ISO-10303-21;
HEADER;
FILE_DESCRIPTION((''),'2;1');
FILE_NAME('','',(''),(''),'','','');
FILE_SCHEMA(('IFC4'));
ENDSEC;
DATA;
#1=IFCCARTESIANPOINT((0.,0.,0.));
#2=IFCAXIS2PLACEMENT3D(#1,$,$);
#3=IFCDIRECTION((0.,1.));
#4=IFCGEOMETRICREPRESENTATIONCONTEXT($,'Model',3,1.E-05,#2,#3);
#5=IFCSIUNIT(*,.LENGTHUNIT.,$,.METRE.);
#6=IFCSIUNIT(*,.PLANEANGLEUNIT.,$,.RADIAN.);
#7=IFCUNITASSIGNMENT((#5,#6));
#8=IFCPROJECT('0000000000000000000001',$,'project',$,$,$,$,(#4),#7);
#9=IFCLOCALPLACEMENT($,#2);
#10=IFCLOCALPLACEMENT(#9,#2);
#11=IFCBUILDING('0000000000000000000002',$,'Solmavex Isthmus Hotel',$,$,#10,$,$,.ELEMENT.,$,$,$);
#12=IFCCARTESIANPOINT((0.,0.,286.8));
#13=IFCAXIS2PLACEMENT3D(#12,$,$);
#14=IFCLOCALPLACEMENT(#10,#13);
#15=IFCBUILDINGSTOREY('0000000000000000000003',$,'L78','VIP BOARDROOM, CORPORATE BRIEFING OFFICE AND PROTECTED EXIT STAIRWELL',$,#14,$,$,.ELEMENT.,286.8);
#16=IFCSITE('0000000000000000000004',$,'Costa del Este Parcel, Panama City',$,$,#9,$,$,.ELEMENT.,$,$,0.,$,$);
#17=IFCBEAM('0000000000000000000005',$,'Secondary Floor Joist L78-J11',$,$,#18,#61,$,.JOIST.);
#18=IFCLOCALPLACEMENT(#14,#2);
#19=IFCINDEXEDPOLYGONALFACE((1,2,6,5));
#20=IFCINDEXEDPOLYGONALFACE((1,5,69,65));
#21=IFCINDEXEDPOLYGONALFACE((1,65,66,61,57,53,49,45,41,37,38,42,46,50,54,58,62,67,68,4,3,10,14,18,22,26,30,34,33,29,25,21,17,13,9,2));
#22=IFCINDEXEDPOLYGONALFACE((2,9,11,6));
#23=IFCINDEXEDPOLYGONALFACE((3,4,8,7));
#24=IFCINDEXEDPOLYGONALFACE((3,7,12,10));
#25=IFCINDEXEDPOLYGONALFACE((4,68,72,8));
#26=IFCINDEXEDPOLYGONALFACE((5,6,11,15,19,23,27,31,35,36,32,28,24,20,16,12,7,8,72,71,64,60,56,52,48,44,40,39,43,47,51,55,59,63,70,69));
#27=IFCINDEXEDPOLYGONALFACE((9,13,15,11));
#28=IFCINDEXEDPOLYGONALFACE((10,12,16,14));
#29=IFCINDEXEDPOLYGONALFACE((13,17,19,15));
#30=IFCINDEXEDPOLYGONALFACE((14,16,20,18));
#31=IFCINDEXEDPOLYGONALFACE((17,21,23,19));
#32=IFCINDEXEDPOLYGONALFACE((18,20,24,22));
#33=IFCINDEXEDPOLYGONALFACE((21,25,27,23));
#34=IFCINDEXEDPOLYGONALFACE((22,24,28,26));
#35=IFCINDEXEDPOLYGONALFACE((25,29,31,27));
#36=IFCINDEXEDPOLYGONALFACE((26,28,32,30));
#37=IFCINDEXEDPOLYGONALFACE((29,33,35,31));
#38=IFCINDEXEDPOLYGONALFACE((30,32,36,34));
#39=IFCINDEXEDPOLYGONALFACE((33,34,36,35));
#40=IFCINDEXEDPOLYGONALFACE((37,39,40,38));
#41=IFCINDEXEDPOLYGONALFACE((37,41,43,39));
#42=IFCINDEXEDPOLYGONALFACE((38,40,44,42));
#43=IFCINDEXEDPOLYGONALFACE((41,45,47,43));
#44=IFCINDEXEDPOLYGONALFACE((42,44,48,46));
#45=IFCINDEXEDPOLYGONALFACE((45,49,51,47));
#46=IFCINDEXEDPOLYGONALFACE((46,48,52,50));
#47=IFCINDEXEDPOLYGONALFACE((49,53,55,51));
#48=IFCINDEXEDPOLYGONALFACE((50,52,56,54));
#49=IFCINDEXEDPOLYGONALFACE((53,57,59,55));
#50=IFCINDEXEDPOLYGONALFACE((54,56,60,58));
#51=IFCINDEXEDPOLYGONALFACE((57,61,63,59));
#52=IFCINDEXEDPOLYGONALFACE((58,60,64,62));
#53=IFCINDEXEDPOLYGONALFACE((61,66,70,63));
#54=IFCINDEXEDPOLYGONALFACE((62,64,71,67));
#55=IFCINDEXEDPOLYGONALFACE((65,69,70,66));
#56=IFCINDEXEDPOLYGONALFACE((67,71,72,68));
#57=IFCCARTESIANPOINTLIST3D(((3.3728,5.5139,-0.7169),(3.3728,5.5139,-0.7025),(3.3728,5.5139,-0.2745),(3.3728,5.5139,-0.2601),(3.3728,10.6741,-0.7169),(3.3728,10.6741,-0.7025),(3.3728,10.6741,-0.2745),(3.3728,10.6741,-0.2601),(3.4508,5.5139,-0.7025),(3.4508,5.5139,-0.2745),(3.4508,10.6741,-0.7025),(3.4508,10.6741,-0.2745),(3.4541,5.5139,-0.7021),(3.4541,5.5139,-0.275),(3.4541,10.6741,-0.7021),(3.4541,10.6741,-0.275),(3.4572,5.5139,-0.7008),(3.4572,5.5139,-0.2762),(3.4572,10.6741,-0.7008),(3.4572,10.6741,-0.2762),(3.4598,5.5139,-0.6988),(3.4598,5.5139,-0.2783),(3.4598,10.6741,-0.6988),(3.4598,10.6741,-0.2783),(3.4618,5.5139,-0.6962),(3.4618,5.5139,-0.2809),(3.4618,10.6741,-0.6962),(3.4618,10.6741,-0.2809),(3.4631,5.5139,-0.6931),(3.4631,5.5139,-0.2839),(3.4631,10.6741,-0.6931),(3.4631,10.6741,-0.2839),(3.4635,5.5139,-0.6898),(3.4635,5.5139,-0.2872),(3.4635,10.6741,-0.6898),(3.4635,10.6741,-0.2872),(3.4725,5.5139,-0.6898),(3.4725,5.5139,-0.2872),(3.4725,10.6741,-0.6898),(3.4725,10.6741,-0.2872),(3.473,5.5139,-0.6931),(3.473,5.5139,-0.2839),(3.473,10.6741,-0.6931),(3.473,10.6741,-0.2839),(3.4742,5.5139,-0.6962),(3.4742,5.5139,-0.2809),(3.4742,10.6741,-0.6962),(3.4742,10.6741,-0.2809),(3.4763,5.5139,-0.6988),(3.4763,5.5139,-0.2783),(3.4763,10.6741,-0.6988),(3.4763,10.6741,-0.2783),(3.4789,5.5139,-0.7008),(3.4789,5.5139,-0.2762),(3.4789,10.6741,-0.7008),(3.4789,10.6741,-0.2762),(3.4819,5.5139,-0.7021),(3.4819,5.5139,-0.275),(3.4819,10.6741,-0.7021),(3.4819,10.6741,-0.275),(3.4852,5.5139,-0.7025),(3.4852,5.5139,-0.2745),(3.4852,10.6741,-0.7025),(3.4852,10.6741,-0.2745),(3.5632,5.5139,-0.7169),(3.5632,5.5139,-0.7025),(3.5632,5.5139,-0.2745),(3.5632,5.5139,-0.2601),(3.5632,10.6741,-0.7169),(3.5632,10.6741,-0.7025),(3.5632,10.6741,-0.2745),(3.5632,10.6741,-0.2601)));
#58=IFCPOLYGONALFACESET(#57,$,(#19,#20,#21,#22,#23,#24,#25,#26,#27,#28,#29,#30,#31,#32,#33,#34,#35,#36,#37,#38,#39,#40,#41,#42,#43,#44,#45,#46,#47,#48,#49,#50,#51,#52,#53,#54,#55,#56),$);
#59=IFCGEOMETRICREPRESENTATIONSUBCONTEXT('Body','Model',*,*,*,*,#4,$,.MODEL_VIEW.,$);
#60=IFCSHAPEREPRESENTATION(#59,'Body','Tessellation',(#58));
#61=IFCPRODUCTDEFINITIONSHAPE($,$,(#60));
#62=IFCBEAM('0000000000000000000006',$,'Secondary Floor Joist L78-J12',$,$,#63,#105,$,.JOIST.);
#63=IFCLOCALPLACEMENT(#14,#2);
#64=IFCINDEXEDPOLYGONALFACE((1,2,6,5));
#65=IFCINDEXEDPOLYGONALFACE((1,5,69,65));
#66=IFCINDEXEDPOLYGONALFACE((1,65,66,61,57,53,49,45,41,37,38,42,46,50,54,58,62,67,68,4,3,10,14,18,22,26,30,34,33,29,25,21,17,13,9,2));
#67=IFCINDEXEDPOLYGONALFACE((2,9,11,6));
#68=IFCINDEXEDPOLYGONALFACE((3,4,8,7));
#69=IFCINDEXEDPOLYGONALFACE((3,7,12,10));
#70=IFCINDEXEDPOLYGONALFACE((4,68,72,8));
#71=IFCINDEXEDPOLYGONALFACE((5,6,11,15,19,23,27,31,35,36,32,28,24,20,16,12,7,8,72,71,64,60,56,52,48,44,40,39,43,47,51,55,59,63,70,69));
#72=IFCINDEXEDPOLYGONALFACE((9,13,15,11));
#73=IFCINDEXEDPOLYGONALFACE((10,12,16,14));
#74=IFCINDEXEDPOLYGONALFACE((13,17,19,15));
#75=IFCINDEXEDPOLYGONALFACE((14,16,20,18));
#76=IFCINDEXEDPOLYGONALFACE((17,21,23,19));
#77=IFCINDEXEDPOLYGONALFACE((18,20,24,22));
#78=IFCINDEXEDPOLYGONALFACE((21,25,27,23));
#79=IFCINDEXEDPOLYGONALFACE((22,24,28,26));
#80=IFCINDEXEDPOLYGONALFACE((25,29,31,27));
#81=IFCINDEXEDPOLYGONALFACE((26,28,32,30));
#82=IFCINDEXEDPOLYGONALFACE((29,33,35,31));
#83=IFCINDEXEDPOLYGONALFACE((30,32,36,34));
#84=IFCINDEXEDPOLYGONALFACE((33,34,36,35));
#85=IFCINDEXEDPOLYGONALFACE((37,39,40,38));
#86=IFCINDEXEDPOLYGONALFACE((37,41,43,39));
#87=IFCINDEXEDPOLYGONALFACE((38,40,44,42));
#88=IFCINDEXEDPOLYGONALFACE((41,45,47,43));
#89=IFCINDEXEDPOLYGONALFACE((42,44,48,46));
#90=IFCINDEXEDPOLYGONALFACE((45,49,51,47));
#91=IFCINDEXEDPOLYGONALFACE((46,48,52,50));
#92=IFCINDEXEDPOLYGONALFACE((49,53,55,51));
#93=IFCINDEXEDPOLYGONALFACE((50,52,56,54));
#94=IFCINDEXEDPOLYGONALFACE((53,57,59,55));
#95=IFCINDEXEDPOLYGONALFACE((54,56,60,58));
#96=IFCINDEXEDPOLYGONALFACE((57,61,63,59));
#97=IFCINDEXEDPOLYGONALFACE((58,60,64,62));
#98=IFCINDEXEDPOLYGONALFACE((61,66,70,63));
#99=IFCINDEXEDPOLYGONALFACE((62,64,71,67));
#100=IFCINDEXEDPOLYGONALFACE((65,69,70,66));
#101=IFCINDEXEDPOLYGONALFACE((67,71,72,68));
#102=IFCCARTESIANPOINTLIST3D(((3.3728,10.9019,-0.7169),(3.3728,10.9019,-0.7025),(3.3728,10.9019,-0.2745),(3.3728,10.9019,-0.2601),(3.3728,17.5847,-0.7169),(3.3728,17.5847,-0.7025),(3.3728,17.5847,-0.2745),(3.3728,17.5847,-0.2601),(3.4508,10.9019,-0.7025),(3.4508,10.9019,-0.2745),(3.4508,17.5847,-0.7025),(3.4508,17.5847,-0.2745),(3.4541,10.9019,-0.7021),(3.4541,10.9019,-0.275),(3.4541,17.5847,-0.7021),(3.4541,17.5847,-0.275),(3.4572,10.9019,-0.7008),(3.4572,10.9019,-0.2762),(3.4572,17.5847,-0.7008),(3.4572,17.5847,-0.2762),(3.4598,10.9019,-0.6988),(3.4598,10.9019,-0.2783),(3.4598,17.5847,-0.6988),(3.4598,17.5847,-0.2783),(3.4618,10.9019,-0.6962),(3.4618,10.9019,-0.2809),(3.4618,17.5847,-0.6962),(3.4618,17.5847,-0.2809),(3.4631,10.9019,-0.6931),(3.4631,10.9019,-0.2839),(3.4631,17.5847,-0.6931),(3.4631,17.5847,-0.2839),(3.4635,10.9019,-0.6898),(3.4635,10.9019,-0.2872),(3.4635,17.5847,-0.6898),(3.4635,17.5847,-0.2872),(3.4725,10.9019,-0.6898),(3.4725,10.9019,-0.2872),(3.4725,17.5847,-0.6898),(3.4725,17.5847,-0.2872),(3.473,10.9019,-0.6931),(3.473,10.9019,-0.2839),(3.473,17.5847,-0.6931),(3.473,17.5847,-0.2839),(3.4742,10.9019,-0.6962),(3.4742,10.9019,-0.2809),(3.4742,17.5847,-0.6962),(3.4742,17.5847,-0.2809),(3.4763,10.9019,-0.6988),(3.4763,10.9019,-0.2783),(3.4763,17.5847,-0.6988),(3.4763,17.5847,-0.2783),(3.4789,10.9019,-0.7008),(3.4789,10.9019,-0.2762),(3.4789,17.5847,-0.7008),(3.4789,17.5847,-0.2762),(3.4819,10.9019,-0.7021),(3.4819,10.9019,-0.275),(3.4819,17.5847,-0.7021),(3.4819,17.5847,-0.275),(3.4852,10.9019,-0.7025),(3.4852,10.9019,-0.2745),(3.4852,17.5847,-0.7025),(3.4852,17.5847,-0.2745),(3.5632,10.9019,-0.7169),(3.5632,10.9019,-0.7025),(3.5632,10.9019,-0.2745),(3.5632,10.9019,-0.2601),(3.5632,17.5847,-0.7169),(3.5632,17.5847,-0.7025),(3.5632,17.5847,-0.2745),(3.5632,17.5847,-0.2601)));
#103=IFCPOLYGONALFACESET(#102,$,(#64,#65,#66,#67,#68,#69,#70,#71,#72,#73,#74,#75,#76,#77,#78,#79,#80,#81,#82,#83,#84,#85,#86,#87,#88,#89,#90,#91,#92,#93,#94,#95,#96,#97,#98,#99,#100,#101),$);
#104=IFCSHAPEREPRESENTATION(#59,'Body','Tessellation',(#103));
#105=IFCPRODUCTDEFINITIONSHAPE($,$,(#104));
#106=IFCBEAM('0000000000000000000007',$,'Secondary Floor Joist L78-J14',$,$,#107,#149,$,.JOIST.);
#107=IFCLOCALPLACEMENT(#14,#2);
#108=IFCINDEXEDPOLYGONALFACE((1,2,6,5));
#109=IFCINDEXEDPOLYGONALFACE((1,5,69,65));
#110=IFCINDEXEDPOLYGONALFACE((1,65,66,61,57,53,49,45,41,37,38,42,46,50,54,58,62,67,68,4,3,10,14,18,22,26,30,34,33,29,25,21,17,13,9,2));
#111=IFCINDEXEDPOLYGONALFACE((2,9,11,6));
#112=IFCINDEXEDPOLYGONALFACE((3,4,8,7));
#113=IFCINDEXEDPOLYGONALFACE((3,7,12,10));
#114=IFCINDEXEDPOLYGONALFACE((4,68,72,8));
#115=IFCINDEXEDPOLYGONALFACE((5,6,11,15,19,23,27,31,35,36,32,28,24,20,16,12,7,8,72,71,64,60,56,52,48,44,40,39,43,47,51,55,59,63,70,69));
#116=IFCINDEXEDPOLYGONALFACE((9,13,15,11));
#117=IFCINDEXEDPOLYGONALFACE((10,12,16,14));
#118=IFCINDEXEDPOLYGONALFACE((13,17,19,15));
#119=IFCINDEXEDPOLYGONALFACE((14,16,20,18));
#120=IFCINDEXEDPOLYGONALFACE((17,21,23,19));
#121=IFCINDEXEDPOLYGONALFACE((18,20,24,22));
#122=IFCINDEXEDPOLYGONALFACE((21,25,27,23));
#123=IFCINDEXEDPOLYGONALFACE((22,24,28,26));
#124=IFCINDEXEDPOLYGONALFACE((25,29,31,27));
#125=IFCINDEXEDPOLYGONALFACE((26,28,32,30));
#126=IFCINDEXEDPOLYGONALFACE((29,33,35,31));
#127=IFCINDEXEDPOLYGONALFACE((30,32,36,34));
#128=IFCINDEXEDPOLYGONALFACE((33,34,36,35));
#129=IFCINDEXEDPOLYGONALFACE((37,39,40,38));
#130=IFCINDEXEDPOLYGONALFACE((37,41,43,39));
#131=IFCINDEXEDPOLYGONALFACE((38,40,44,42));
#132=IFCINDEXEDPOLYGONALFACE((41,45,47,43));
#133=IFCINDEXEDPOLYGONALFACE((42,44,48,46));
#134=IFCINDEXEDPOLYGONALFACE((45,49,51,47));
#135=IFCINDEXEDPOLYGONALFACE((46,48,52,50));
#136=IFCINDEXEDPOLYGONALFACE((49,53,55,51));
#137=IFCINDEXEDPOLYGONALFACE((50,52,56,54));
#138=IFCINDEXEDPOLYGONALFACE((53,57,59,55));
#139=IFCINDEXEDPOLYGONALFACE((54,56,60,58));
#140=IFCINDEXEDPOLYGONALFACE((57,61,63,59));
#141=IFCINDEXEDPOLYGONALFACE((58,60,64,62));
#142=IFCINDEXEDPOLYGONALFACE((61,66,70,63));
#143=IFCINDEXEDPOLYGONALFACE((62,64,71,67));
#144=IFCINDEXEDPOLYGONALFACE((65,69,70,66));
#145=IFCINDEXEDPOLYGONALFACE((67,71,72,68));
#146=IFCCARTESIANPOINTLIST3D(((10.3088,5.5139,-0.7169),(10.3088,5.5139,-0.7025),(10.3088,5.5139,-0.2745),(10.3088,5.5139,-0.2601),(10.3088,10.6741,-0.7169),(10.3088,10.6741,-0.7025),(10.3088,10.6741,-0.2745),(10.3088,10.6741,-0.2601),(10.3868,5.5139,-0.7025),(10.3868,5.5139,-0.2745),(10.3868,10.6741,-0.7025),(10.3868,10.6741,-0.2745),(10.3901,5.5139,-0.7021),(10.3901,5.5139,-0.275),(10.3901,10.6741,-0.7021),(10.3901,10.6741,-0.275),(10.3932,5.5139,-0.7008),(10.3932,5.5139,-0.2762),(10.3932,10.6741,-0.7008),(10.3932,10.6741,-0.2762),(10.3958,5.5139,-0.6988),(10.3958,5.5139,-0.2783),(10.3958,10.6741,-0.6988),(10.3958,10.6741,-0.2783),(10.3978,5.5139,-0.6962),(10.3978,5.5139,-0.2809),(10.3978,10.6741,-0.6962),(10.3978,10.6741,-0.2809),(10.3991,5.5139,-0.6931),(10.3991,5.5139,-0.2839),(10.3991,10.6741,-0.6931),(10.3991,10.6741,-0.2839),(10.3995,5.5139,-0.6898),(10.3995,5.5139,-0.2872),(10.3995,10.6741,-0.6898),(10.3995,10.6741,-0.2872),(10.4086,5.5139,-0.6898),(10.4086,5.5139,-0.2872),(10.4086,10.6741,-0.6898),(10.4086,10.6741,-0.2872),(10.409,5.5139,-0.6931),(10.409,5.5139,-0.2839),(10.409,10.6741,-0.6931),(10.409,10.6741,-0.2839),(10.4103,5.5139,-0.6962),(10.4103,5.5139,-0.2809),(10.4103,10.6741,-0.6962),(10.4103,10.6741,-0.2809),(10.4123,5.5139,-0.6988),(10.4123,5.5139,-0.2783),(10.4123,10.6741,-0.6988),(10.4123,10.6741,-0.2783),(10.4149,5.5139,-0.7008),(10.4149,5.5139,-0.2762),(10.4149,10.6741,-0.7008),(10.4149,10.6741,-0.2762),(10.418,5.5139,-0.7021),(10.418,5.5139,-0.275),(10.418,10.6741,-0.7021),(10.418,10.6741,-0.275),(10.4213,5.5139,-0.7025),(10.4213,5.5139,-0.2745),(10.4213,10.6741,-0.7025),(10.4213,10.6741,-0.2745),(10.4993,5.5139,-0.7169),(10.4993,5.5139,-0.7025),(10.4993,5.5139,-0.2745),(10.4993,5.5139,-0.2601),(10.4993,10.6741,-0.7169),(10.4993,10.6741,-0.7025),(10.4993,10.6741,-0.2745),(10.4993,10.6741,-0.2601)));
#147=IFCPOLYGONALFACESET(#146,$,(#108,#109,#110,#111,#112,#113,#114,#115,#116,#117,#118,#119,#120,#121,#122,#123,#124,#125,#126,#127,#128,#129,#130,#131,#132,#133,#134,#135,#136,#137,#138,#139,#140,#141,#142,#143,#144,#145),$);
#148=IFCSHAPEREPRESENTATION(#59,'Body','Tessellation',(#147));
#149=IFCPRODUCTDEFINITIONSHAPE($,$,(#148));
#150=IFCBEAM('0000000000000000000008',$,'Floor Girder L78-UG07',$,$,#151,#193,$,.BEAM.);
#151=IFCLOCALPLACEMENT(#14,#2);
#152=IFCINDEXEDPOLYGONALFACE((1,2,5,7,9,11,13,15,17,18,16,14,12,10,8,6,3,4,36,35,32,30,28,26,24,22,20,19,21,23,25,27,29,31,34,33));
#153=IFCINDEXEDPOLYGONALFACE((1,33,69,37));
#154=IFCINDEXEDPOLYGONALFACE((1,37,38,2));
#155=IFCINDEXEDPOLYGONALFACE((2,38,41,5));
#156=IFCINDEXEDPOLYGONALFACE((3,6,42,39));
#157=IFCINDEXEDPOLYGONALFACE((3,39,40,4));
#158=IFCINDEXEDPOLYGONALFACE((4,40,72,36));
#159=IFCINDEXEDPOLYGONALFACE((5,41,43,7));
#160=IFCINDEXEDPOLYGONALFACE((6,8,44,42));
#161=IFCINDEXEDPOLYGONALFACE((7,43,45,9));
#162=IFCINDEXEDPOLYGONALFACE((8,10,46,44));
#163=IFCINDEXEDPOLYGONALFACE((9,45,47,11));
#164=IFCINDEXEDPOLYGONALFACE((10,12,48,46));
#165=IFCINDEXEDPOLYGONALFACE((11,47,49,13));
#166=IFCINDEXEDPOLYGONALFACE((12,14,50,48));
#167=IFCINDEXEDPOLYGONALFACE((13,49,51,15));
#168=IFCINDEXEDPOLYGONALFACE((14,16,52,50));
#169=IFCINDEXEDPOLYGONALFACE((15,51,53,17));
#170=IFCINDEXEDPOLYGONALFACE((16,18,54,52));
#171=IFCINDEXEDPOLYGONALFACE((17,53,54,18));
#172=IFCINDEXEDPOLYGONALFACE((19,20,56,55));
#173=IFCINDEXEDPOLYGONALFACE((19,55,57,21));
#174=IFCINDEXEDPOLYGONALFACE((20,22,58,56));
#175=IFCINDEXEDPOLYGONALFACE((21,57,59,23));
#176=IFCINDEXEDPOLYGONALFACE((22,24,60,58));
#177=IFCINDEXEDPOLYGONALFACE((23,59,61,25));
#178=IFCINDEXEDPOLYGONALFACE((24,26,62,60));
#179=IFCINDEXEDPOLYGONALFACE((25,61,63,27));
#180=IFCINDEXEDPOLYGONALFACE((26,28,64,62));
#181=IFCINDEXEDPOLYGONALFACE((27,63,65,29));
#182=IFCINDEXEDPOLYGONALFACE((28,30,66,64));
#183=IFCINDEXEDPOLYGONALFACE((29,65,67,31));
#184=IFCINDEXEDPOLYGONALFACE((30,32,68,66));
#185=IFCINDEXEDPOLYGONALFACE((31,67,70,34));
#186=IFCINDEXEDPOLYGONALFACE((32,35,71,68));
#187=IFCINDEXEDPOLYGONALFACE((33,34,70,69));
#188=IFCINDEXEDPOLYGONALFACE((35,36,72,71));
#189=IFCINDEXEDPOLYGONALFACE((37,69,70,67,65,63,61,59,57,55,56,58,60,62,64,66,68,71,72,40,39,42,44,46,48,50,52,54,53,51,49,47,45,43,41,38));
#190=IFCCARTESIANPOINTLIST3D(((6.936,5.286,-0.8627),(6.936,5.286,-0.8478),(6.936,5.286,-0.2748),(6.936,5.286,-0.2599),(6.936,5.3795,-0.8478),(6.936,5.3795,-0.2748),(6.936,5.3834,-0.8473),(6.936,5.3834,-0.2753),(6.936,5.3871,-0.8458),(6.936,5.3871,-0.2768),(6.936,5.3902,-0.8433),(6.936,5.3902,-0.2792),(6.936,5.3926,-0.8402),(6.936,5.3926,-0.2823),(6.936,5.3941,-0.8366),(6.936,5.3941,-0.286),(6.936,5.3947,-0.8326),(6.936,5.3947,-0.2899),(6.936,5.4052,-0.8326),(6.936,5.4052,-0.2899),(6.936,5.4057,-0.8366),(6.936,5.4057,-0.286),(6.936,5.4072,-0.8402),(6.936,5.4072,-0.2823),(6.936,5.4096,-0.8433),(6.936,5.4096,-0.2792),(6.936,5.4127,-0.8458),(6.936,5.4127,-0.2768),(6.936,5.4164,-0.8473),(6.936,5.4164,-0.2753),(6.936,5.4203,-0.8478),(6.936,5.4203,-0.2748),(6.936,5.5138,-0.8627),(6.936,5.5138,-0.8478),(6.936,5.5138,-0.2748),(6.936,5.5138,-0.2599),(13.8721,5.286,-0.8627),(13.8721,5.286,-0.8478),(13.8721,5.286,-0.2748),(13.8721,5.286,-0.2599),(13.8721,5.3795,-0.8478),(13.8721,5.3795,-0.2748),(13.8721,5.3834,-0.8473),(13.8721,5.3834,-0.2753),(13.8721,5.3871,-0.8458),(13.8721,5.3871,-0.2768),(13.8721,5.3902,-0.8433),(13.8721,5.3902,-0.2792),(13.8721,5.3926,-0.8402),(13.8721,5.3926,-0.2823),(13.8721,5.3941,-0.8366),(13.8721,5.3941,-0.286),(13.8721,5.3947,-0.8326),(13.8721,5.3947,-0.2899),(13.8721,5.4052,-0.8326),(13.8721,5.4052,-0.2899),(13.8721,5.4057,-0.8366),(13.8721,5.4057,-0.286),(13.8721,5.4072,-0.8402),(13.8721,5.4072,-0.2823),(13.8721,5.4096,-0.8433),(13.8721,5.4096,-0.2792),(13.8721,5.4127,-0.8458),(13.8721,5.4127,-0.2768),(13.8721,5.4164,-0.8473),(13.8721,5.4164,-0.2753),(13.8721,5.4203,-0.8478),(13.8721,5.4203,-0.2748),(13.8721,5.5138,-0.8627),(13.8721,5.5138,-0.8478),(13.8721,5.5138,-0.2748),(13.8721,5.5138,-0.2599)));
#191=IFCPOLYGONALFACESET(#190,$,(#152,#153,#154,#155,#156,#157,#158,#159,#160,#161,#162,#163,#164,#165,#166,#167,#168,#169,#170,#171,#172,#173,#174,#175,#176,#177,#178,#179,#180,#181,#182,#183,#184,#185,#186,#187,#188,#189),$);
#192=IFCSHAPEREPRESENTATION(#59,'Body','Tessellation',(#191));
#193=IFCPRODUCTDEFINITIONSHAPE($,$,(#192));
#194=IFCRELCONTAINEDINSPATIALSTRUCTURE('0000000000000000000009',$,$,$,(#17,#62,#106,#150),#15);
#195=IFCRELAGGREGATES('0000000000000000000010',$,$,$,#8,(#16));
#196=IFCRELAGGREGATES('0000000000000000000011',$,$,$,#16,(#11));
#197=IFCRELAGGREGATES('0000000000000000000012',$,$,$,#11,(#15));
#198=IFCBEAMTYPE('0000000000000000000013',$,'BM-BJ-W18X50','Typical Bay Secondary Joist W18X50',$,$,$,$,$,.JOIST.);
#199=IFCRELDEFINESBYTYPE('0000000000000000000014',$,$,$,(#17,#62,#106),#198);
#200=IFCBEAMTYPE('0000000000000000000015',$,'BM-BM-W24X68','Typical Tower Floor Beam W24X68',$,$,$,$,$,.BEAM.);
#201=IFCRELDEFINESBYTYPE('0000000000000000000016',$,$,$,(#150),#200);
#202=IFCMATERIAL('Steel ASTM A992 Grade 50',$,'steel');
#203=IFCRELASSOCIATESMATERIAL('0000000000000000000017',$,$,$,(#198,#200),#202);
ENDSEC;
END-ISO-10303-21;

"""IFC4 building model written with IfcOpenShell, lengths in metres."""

from ifc_helpers import new_model, si_unit, direction, frame, origin, origin_2d, place, context, subcontext, project, spatial, i_section, extrude, material, material_profile, profile_set, type_object, element, save


model = new_model("IFC4")

# Units and contexts
model_context = context("Model", 3, precision=1e-05, world=origin(), true_north=direction((0.0, 1.0)))
body_context = subcontext(model_context, "Body", "Model", "MODEL_VIEW")
ifc_project = project(units=[si_unit("LENGTHUNIT", "METRE"), si_unit("PLANEANGLEUNIT", "RADIAN")], contexts=[model_context])

# Site, building, storey
site_placement = place(None, origin())
site = spatial("IfcSite", under=ifc_project, at=site_placement, Name="Costa del Este Parcel, Panama City", CompositionType="ELEMENT", RefElevation=0.0)
building_placement = place(site_placement, origin())
building = spatial("IfcBuilding", under=site, at=building_placement, Name="Solmavex Isthmus Hotel", CompositionType="ELEMENT")
storey_placement = place(building_placement, frame((0.0, 0.0, 286.8)))
storey = spatial("IfcBuildingStorey", under=building, at=storey_placement, Name="L78", Description="VIP BOARDROOM, CORPORATE BRIEFING OFFICE AND PROTECTED EXIT STAIRWELL", CompositionType="ELEMENT", Elevation=286.8)

# Beams
ifc_material_1 = material(Name="Steel ASTM A992 Grade 50", Category="steel")
ifc_material_profile_1 = material_profile(ifc_material_1, i_section(OverallWidth=0.1904, OverallDepth=0.4568, WebThickness=0.009, FlangeThickness=0.0144, FilletRadius=0.0127, at=origin_2d()), Name="W18X50")
ifc_profile_set_1 = profile_set([ifc_material_profile_1], Name="Steel ASTM A992 Grade 50")
beam_type_1 = type_object("IfcBeamType", Name="BM-BJ-W18X50", Description="Typical Bay Secondary Joist W18X50", PredefinedType="JOIST", material=ifc_profile_set_1)
beam_1_placement = place(storey_placement, frame((3.468, 5.5139, -0.4885), z_axis=(0.0, 1.0, 0.0), x_axis=(-1.0, 0.0, 0.0)))
element("IfcBeam", 1, at=beam_1_placement, inside=storey, type_object=beam_type_1, Name="Secondary Floor Joist L78-J11", PredefinedType="JOIST", context=body_context, shape_type="SweptSolid", body=[
    extrude(i_section(OverallWidth=0.1904, OverallDepth=0.4568, WebThickness=0.009, FlangeThickness=0.0144, FilletRadius=0.0127, at=origin_2d()), origin(), (0.0, 0.0, 1.0), 5.1602),
])
beam_2_placement = place(storey_placement, frame((3.468, 10.9019, -0.4885), z_axis=(0.0, 1.0, 0.0), x_axis=(-1.0, 0.0, 0.0)))
element("IfcBeam", 2, at=beam_2_placement, inside=storey, type_object=beam_type_1, Name="Secondary Floor Joist L78-J12", PredefinedType="JOIST", context=body_context, shape_type="SweptSolid", body=[
    extrude(i_section(OverallWidth=0.1904, OverallDepth=0.4568, WebThickness=0.009, FlangeThickness=0.0144, FilletRadius=0.0127, at=origin_2d()), origin(), (0.0, 0.0, 1.0), 6.6829),
])
beam_3_placement = place(storey_placement, frame((10.4041, 5.5139, -0.4885), z_axis=(0.0, 1.0, 0.0), x_axis=(-1.0, 0.0, 0.0)))
element("IfcBeam", 3, at=beam_3_placement, inside=storey, type_object=beam_type_1, Name="Secondary Floor Joist L78-J14", PredefinedType="JOIST", context=body_context, shape_type="SweptSolid", body=[
    extrude(i_section(OverallWidth=0.1904, OverallDepth=0.4568, WebThickness=0.009, FlangeThickness=0.0144, FilletRadius=0.0127, at=origin_2d()), origin(), (0.0, 0.0, 1.0), 5.1602),
])
ifc_material_profile_2 = material_profile(ifc_material_1, i_section(OverallWidth=0.2278, OverallDepth=0.6028, WebThickness=0.0105, FlangeThickness=0.0149, FilletRadius=0.0151, at=origin_2d()), Name="W24X68")
ifc_profile_set_2 = profile_set([ifc_material_profile_2], Name="Steel ASTM A992 Grade 50")
beam_type_2 = type_object("IfcBeamType", Name="BM-BM-W24X68", Description="Typical Tower Floor Beam W24X68", PredefinedType="BEAM", material=ifc_profile_set_2)
beam_4_placement = place(storey_placement, frame((6.936, 5.3999, -0.5613), z_axis=(1.0, 0.0, 0.0), x_axis=(0.0, 1.0, 0.0)))
element("IfcBeam", 4, at=beam_4_placement, inside=storey, type_object=beam_type_2, Name="Floor Girder L78-UG07", PredefinedType="BEAM", context=body_context, shape_type="SweptSolid", body=[
    extrude(i_section(OverallWidth=0.2278, OverallDepth=0.6028, WebThickness=0.0105, FlangeThickness=0.0149, FilletRadius=0.0151, at=origin_2d()), origin(), (0.0, 0.0, 1.0), 6.936),
])

save(model, "model.ifc")
